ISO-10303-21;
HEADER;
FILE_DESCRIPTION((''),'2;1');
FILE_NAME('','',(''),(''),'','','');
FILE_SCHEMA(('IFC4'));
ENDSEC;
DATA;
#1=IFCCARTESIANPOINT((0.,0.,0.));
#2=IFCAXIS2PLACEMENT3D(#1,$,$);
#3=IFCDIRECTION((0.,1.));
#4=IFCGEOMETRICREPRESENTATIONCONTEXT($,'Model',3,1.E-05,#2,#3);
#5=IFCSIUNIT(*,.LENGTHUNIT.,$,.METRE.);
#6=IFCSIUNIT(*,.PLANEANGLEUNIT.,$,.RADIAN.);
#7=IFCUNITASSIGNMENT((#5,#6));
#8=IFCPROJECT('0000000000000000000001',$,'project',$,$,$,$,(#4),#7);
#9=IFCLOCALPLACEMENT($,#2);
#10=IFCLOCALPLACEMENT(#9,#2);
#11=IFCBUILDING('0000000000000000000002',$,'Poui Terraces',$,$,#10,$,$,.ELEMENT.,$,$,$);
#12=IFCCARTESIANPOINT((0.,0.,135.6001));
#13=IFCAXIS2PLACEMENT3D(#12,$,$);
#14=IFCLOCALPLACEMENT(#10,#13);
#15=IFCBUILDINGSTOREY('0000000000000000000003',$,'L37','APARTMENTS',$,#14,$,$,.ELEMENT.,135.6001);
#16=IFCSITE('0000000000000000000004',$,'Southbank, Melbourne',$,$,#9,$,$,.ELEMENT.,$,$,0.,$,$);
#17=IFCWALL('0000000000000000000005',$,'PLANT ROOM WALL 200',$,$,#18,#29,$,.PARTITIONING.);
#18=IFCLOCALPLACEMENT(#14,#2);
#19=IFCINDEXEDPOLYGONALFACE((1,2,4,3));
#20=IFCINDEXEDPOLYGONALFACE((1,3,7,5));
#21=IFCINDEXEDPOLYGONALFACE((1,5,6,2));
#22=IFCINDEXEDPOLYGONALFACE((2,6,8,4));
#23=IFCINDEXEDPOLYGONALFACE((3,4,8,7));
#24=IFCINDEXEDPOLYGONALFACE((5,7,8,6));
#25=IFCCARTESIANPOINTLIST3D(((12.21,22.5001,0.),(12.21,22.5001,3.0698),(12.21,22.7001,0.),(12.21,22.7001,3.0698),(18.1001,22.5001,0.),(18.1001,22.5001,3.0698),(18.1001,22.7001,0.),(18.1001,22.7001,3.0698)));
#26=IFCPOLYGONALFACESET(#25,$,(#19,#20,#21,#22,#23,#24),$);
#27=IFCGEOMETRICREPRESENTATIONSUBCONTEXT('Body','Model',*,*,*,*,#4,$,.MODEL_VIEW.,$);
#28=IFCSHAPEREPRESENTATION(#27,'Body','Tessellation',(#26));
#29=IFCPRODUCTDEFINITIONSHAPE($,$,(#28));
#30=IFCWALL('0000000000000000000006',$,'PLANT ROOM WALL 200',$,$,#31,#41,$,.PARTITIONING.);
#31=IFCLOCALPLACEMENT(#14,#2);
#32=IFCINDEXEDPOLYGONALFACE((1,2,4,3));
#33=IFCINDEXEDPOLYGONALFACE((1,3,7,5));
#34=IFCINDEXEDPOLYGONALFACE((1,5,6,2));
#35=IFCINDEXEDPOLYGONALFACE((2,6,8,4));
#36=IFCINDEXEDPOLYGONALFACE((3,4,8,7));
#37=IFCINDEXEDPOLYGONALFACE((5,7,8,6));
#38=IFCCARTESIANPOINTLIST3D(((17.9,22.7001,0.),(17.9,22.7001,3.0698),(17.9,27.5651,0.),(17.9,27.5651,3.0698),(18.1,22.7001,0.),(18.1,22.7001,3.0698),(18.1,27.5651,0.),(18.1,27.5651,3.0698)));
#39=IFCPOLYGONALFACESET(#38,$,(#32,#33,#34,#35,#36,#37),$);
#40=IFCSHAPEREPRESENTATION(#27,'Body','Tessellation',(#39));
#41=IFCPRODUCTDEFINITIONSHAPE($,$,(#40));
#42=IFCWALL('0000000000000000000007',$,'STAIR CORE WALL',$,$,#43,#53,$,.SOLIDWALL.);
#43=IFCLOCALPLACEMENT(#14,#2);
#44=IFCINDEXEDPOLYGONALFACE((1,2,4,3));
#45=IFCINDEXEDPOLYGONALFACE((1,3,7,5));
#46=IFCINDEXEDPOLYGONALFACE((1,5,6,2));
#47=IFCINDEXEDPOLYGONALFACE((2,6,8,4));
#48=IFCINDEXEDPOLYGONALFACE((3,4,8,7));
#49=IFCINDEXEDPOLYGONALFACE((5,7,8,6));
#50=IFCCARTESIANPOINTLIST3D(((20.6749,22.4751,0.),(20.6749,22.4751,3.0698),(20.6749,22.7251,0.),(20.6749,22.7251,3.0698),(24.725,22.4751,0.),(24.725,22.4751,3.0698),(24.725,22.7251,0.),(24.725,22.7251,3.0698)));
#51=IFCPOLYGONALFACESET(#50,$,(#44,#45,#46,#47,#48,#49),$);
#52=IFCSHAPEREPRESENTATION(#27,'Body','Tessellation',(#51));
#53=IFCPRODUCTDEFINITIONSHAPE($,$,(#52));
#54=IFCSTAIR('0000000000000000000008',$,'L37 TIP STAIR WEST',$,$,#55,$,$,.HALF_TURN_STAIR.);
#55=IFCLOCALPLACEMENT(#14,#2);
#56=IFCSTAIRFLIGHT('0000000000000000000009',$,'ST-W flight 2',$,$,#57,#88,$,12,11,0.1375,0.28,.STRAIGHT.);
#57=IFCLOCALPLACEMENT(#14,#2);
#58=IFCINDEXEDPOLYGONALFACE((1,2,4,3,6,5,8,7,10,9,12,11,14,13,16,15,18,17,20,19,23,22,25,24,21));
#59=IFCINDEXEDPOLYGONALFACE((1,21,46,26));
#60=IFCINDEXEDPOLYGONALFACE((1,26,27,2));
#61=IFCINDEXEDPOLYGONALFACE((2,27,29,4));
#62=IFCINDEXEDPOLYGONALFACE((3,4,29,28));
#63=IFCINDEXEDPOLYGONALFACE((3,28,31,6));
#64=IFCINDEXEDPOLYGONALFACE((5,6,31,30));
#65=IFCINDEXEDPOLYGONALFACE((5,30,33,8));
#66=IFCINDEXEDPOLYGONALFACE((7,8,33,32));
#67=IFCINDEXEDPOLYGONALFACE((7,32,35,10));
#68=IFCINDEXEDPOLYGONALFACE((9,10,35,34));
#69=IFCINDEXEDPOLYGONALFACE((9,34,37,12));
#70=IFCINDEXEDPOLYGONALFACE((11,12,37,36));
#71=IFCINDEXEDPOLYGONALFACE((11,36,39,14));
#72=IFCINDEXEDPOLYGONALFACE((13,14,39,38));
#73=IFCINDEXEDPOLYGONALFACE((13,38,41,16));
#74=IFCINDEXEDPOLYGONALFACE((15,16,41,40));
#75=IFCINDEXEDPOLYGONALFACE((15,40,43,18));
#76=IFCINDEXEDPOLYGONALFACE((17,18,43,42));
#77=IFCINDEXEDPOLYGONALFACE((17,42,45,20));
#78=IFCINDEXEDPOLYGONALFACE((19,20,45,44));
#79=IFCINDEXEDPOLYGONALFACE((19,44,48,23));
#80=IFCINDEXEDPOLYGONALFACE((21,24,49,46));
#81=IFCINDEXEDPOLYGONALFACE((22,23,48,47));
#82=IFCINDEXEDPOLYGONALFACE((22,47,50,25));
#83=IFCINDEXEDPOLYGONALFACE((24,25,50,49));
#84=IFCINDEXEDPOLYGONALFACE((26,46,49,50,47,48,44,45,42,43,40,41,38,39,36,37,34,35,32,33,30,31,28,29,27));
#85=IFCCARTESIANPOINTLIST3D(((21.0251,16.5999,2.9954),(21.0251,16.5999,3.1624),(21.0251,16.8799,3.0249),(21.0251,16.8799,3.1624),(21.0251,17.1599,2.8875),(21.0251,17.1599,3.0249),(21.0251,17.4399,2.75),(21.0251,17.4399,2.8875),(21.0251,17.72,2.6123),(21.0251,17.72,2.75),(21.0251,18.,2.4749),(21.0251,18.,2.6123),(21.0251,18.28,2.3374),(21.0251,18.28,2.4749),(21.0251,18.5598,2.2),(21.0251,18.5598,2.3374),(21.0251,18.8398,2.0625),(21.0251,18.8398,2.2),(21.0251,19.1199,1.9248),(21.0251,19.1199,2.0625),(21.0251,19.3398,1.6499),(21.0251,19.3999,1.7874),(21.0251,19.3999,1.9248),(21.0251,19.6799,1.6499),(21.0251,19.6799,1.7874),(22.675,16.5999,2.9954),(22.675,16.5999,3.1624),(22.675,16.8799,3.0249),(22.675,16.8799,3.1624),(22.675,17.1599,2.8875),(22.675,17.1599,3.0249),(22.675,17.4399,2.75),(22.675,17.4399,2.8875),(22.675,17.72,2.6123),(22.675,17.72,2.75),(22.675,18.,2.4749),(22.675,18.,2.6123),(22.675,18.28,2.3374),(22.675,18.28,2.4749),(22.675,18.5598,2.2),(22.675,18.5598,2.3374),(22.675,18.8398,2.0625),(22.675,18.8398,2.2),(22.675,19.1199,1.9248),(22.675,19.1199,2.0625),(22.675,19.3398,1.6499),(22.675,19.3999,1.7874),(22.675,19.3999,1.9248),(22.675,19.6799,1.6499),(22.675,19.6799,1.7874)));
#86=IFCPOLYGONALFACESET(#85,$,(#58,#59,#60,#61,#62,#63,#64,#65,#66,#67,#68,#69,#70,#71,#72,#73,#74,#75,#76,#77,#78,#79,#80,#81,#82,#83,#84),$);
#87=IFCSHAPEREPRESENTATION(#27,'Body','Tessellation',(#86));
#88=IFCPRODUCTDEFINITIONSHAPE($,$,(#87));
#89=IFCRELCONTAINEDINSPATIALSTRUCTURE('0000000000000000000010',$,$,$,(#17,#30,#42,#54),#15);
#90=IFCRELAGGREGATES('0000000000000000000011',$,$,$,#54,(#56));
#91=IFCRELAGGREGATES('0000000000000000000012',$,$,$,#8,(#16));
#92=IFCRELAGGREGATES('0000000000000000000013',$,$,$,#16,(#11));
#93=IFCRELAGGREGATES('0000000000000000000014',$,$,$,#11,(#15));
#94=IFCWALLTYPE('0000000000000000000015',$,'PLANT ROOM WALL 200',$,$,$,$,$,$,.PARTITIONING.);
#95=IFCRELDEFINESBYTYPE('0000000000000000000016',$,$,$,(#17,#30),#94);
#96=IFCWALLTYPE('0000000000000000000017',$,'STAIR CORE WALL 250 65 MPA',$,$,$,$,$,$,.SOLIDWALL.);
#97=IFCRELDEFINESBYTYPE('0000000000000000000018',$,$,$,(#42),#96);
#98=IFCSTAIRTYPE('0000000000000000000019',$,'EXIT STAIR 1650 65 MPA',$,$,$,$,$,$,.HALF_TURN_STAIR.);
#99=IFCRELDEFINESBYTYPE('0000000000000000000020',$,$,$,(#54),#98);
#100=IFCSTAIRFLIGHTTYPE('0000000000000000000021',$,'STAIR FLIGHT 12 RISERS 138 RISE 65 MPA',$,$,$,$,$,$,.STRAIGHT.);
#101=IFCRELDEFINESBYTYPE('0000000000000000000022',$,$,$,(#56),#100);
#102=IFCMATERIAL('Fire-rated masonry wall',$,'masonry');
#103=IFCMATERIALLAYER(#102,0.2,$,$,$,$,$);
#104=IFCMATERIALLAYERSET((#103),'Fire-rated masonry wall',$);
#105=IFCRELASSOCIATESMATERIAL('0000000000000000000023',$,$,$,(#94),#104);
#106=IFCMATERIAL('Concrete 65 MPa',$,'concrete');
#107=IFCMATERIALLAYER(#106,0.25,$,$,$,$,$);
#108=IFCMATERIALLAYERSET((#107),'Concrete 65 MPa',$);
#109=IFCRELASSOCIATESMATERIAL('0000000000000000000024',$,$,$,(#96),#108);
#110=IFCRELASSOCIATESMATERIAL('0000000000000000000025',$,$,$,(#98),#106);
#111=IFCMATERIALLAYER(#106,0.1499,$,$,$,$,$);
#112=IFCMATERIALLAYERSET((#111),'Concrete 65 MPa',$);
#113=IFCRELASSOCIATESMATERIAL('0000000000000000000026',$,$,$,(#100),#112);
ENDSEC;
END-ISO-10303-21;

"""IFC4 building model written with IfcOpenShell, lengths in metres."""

from ifc_helpers import new_model, si_unit, direction, frame, frame_2d, origin, place, context, subcontext, project, spatial, polyline, rectangle, outline, extrude, material, layer, layer_set, type_object, element, aggregate, save


model = new_model("IFC4")

# Units and contexts
model_context = context("Model", 3, precision=1e-05, world=origin(), true_north=direction((0.0, 1.0)))
body_context = subcontext(model_context, "Body", "Model", "MODEL_VIEW")
ifc_project = project(units=[si_unit("LENGTHUNIT", "METRE"), si_unit("PLANEANGLEUNIT", "RADIAN")], contexts=[model_context])

# Site, building, storey
site_placement = place(None, origin())
site = spatial("IfcSite", under=ifc_project, at=site_placement, Name="Southbank, Melbourne", CompositionType="ELEMENT", RefElevation=0.0)
building_placement = place(site_placement, origin())
building = spatial("IfcBuilding", under=site, at=building_placement, Name="Poui Terraces", CompositionType="ELEMENT")
storey_placement = place(building_placement, frame((0.0, 0.0, 135.6001)))
storey = spatial("IfcBuildingStorey", under=building, at=storey_placement, Name="L37", Description="APARTMENTS", CompositionType="ELEMENT", Elevation=135.6001)

# Walls
ifc_material_1 = material(Name="Fire-rated masonry wall", Category="masonry")
ifc_layer_1 = layer(ifc_material_1, 0.2)
ifc_layer_set_1 = layer_set([ifc_layer_1], Name="Fire-rated masonry wall")
wall_type_1 = type_object("IfcWallType", Name="PLANT ROOM WALL 200", PredefinedType="PARTITIONING", material=ifc_layer_set_1)
wall_1_placement = place(storey_placement, frame((12.21, 22.6001, 0.0), z_axis=(0.0, 0.0, 1.0), x_axis=(1.0, 0.0, 0.0)))
element("IfcWall", 1, at=wall_1_placement, inside=storey, type_object=wall_type_1, Name="PLANT ROOM WALL 200", PredefinedType="PARTITIONING", context=body_context, shape_type="SweptSolid", body=[
    extrude(rectangle(XDim=5.8901, YDim=0.2, at=frame_2d((2.9451, 0.0))), origin(), (0.0, 0.0, 1.0), 3.0698),
])
wall_2_placement = place(storey_placement, frame((18.0, 22.7, 0.0), z_axis=(0.0, 0.0, 1.0), x_axis=(0.0, 1.0, 0.0)))
element("IfcWall", 2, at=wall_2_placement, inside=storey, type_object=wall_type_1, Name="PLANT ROOM WALL 200", PredefinedType="PARTITIONING", context=body_context, shape_type="SweptSolid", body=[
    extrude(rectangle(XDim=4.865, YDim=0.2, at=frame_2d((2.4326, 0.0))), origin(), (0.0, 0.0, 1.0), 3.0698),
])
ifc_material_2 = material(Name="Concrete 65 MPa", Category="concrete")
ifc_layer_2 = layer(ifc_material_2, 0.25)
ifc_layer_set_2 = layer_set([ifc_layer_2], Name="Concrete 65 MPa")
wall_type_2 = type_object("IfcWallType", Name="STAIR CORE WALL 250 65 MPA", PredefinedType="SOLIDWALL", material=ifc_layer_set_2)
wall_3_placement = place(storey_placement, frame((20.675, 22.6001, 0.0), z_axis=(0.0, 0.0, 1.0), x_axis=(1.0, 0.0, 0.0)))
element("IfcWall", 3, at=wall_3_placement, inside=storey, type_object=wall_type_2, Name="STAIR CORE WALL", PredefinedType="SOLIDWALL", context=body_context, shape_type="SweptSolid", body=[
    extrude(rectangle(XDim=4.05, YDim=0.25, at=frame_2d((2.0249, 0.0))), origin(), (0.0, 0.0, 1.0), 3.0698),
])

# Stair, stair flight
stair_type = type_object("IfcStairType", Name="EXIT STAIR 1650 65 MPA", PredefinedType="HALF_TURN_STAIR", material=ifc_material_2)
stair_placement = place(storey_placement, origin())
stair = element("IfcStair", 4, at=stair_placement, inside=storey, type_object=stair_type, Name="L37 TIP STAIR WEST", PredefinedType="HALF_TURN_STAIR")
ifc_layer_3 = layer(ifc_material_2, 0.1499)
ifc_layer_set_3 = layer_set([ifc_layer_3], Name="Concrete 65 MPa")
stair_flight_type = type_object("IfcStairFlightType", Name="STAIR FLIGHT 12 RISERS 138 RISE 65 MPA", PredefinedType="STRAIGHT", material=ifc_layer_set_3)
stair_flight_placement = place(storey_placement, frame((21.8501, 19.6799, 1.6499), z_axis=(0.0, 0.0, 1.0), x_axis=(0.0, -1.0, 0.0)))
stair_flight = element("IfcStairFlight", 5, at=stair_flight_placement, type_object=stair_flight_type, Name="ST-W flight 2", NumberOfRisers=12, NumberOfTreads=11, PredefinedType="STRAIGHT", RiserHeight=0.1375, TreadLength=0.28, context=body_context, shape_type="SweptSolid", body=[
    extrude(outline(polyline([(0.0, 0.0), (0.0, 0.1375), (0.28, 0.1375), (0.28, 0.2749), (0.5601, 0.2749), (0.5601, 0.4126), (0.8401, 0.4126), (0.8401, 0.55), (1.1201, 0.55), (1.1201, 0.6875), (1.3999, 0.6875), (1.3999, 0.825), (1.6799, 0.825), (1.6799, 0.9624), (1.96, 0.9624), (1.96, 1.1001), (2.24, 1.1001), (2.24, 1.2375), (2.52, 1.2375), (2.52, 1.375), (2.8, 1.375), (2.8, 1.5125), (3.0801, 1.5125), (3.0801, 1.6499), (3.0801, 1.3455), (0.3401, 0.0), (0.0, 0.0)])), frame((0.0, 0.825, 0.0), z_axis=(0.0, -1.0, 0.0), x_axis=(1.0, 0.0, 0.0)), (0.0, 0.0, 1.0), 1.6499),
])
aggregate(stair, [stair_flight])

save(model, "model.ifc")
